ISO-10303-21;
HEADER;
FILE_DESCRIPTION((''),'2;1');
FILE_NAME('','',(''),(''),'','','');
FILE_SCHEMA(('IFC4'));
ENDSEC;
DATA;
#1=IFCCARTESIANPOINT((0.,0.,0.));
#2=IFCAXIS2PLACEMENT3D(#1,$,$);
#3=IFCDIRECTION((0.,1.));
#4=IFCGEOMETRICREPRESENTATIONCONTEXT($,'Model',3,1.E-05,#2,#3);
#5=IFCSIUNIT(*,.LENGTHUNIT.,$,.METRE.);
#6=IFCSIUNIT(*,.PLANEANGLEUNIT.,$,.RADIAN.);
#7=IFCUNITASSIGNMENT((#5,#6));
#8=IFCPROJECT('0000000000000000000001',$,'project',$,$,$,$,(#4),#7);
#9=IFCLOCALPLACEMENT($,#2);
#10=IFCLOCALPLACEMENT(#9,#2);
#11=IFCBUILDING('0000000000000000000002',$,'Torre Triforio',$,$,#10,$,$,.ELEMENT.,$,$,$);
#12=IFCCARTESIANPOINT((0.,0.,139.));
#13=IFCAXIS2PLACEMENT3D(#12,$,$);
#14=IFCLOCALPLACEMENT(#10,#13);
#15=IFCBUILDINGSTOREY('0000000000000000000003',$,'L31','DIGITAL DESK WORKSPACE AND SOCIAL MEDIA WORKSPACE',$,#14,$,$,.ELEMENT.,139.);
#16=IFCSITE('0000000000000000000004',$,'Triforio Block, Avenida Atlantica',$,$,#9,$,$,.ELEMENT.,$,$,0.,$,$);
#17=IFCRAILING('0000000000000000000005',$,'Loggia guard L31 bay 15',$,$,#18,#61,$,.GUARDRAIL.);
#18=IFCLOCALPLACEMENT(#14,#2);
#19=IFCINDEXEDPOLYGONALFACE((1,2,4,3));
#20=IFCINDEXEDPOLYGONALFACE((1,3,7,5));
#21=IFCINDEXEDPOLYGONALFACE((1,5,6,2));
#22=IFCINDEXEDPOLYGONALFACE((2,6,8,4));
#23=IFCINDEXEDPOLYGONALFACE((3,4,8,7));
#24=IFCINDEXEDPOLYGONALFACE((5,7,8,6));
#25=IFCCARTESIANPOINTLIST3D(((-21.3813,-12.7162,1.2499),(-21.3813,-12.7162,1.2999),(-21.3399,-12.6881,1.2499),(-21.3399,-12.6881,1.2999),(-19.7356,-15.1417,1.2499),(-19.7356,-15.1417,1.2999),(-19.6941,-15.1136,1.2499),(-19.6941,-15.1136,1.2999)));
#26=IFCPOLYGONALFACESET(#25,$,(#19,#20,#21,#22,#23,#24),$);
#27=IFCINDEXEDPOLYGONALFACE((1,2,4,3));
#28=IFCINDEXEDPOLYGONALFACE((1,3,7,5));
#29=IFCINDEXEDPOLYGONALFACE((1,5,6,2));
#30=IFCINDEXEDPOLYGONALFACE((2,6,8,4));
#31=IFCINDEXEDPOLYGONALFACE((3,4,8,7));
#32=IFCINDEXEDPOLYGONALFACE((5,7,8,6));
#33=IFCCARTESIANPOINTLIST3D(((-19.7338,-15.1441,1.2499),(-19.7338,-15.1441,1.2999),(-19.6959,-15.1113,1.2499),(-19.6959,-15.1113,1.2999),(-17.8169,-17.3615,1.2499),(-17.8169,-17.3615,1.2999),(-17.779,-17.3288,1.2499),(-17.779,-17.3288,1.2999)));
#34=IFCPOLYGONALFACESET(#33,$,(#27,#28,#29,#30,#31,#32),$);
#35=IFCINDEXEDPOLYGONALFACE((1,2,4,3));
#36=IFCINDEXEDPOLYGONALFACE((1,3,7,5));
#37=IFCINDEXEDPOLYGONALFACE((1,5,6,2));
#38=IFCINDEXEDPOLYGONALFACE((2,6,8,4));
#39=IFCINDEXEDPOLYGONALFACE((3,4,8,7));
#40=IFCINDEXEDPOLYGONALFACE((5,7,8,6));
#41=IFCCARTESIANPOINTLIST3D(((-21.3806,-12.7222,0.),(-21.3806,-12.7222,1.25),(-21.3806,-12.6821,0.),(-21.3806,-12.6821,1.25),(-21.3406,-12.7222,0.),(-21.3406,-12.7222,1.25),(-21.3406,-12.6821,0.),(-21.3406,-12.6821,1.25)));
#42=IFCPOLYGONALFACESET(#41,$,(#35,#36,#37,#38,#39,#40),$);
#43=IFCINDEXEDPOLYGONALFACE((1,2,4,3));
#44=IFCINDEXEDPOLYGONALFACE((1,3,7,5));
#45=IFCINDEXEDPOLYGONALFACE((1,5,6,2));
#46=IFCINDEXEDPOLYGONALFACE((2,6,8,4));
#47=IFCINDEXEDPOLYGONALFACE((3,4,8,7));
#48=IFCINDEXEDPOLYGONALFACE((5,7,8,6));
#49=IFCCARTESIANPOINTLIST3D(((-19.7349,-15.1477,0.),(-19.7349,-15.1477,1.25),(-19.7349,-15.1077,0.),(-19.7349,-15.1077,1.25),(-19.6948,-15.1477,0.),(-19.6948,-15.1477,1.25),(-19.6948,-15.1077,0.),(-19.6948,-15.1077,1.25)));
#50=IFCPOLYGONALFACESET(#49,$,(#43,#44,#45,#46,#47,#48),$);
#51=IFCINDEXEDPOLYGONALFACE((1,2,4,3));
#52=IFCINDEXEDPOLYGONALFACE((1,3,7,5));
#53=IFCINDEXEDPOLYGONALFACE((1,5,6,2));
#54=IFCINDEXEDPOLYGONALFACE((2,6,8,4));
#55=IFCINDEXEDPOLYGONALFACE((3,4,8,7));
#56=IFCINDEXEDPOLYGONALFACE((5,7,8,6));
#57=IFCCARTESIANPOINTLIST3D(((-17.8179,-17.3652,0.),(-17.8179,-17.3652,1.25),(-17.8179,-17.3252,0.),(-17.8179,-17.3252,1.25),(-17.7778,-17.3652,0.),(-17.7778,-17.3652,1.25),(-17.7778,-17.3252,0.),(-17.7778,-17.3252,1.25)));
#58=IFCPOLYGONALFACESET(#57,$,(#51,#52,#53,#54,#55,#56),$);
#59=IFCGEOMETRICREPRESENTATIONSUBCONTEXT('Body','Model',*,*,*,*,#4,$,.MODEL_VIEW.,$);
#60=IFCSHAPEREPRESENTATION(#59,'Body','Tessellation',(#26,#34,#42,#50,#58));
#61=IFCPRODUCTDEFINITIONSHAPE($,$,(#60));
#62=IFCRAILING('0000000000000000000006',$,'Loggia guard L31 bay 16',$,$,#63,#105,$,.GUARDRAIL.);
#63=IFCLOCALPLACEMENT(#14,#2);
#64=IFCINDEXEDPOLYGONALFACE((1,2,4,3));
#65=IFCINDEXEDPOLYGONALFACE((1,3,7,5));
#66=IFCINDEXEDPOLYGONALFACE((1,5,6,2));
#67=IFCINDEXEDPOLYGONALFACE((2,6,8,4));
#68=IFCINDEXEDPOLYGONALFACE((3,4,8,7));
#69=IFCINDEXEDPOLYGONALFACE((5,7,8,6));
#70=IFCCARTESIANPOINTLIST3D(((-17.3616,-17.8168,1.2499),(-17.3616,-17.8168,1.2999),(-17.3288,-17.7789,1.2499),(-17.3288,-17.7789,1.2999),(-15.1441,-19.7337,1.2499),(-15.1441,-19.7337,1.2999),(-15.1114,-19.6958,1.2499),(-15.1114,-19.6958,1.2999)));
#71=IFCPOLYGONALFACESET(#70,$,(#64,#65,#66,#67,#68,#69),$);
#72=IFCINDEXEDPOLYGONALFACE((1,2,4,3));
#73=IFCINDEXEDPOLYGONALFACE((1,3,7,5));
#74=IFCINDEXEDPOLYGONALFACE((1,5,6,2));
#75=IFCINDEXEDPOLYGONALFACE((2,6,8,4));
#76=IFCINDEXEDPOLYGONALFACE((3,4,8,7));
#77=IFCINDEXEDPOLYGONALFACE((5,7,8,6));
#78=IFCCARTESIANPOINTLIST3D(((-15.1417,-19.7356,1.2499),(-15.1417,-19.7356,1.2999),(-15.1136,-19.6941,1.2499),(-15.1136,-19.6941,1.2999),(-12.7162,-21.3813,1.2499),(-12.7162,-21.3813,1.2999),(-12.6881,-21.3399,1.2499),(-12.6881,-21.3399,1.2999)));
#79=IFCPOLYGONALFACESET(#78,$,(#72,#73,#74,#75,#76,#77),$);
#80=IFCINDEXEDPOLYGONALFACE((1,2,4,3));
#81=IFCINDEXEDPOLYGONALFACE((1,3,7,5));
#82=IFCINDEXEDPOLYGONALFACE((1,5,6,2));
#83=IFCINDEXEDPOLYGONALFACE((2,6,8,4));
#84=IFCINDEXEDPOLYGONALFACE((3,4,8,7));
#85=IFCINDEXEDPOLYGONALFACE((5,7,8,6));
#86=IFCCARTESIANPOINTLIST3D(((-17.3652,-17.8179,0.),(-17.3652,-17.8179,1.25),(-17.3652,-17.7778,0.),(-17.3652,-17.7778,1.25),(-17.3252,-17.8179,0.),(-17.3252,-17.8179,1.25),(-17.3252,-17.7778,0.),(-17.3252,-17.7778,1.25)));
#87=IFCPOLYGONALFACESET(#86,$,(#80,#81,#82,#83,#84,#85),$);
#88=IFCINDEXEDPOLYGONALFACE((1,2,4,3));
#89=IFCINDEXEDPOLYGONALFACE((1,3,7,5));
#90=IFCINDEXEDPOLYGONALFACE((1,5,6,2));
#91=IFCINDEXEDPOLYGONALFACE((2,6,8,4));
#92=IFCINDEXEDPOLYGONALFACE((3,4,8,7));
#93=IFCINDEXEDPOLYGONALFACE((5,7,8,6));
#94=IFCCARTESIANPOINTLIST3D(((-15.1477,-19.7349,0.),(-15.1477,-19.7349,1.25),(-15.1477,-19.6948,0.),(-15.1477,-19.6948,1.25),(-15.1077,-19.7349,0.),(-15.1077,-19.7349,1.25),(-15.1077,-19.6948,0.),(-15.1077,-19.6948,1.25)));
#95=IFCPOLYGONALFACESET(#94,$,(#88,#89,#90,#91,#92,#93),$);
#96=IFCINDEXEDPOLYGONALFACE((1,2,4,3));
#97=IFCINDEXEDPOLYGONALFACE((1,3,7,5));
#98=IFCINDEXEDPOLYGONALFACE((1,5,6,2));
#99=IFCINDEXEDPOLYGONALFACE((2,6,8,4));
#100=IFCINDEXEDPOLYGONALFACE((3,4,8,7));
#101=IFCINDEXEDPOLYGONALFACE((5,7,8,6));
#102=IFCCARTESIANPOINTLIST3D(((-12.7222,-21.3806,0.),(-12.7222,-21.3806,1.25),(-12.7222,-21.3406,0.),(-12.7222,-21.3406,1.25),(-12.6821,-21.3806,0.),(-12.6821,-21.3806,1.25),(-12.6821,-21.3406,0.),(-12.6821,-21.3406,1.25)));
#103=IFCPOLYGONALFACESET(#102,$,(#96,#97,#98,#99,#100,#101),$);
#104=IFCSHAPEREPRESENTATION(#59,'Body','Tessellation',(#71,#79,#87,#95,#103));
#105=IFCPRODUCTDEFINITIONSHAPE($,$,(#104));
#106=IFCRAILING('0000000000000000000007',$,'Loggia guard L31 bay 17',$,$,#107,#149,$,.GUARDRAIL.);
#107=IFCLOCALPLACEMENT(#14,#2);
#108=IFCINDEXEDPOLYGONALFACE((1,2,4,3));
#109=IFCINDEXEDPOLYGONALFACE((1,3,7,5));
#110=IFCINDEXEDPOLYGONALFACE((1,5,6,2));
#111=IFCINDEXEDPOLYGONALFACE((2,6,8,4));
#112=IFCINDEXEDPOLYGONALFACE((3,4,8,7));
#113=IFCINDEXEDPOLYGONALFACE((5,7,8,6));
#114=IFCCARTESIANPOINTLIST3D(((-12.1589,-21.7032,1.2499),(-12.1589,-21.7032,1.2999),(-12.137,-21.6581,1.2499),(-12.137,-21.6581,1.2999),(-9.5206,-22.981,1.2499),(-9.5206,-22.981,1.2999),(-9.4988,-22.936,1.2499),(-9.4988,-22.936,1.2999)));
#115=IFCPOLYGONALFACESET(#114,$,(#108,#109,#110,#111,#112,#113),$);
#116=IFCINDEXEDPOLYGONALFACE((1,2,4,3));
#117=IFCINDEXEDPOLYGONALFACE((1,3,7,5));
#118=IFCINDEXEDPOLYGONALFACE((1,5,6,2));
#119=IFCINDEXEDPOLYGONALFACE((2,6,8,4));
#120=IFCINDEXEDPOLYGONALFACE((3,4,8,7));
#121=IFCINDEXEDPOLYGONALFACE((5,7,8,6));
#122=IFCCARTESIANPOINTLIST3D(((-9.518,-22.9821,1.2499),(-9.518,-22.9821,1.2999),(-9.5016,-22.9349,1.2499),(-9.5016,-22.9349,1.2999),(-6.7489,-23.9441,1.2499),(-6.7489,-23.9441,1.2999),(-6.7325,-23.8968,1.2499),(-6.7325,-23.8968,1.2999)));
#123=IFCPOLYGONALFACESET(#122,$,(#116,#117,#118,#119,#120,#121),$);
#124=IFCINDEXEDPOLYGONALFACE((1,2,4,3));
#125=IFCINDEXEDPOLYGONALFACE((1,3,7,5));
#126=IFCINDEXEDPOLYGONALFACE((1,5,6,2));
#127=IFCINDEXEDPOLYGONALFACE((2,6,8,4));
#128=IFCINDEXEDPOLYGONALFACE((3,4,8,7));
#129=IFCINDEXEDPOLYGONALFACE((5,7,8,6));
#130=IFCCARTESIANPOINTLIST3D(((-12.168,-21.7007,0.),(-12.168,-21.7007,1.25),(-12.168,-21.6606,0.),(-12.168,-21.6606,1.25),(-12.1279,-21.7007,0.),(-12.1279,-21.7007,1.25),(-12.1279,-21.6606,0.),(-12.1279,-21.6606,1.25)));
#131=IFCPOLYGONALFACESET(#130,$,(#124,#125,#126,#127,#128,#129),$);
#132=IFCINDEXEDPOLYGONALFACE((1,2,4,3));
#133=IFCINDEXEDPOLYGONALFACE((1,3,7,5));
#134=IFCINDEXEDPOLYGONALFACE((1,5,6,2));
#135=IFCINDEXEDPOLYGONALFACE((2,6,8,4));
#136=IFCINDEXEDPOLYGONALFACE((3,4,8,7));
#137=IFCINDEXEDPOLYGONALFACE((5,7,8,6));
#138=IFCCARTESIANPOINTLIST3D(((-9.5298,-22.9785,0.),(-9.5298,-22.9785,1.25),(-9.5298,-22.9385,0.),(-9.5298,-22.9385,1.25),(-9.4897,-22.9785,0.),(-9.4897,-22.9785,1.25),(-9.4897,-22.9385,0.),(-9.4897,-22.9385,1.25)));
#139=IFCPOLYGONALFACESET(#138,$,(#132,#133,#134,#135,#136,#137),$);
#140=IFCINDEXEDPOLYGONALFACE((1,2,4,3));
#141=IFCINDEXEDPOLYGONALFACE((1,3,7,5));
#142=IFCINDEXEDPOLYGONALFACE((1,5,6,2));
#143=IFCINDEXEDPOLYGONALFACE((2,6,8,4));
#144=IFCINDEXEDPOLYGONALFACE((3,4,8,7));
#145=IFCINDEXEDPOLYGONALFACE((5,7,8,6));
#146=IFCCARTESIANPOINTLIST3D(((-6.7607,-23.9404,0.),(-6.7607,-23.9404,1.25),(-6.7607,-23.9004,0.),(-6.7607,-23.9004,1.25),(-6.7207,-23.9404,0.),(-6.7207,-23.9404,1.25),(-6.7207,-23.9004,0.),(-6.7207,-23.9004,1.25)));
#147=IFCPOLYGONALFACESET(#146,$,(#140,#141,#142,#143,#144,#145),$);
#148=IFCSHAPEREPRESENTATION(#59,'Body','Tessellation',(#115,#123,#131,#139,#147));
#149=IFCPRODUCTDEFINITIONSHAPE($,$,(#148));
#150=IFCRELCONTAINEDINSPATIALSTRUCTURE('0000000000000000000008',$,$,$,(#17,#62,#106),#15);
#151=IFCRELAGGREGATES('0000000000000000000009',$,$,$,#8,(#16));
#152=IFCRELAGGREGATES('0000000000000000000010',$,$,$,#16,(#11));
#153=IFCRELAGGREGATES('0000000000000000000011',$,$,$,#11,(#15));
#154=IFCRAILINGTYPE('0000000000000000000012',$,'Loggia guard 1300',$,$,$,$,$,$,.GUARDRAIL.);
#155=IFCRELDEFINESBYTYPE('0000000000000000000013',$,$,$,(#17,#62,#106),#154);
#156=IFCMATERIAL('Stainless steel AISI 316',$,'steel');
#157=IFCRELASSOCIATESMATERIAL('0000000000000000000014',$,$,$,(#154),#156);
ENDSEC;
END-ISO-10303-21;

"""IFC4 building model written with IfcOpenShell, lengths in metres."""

from ifc_helpers import new_model, si_unit, direction, frame, origin, origin_2d, place, context, subcontext, project, spatial, rectangle, extrude, material, type_object, element, save


model = new_model("IFC4")

# Units and contexts
model_context = context("Model", 3, precision=1e-05, world=origin(), true_north=direction((0.0, 1.0)))
body_context = subcontext(model_context, "Body", "Model", "MODEL_VIEW")
ifc_project = project(units=[si_unit("LENGTHUNIT", "METRE"), si_unit("PLANEANGLEUNIT", "RADIAN")], contexts=[model_context])

# Site, building, storey
site_placement = place(None, origin())
site = spatial("IfcSite", under=ifc_project, at=site_placement, Name="Triforio Block, Avenida Atlantica", CompositionType="ELEMENT", RefElevation=0.0)
building_placement = place(site_placement, origin())
building = spatial("IfcBuilding", under=site, at=building_placement, Name="Torre Triforio", CompositionType="ELEMENT")
storey_placement = place(building_placement, frame((0.0, 0.0, 139.0)))
storey = spatial("IfcBuildingStorey", under=building, at=storey_placement, Name="L31", Description="DIGITAL DESK WORKSPACE AND SOCIAL MEDIA WORKSPACE", CompositionType="ELEMENT", Elevation=139.0)

# Railings
ifc_material_1 = material(Name="Stainless steel AISI 316", Category="steel")
railing_type = type_object("IfcRailingType", Name="Loggia guard 1300", PredefinedType="GUARDRAIL", material=ifc_material_1)
railing_1_placement = place(storey_placement, frame((-21.3606, -12.7021, 0.0)))
element("IfcRailing", 1, at=railing_1_placement, inside=storey, type_object=railing_type, Name="Loggia guard L31 bay 15", PredefinedType="GUARDRAIL", context=body_context, shape_type="SweptSolid", body=[
    extrude(rectangle(XDim=0.05, YDim=0.05, at=origin_2d()), frame((0.0, 0.0, 1.2749), z_axis=(0.561467, -0.827499, 0.0), x_axis=(0.827499, 0.561467, 0.0)), (0.0, 0.0, 1.0), 2.9312),
    extrude(rectangle(XDim=0.05, YDim=0.05, at=origin_2d()), frame((1.6458, -2.4255, 1.2749), z_axis=(0.653982, -0.75651, 0.0), x_axis=(0.75651, 0.653982, 0.0)), (0.0, 0.0, 1.0), 2.9312),
    extrude(rectangle(XDim=0.04, YDim=0.04, at=origin_2d()), origin(), (0.0, 0.0, 1.0), 1.25),
    extrude(rectangle(XDim=0.04, YDim=0.04, at=origin_2d()), frame((1.6458, -2.4255, 0.0)), (0.0, 0.0, 1.0), 1.25),
    extrude(rectangle(XDim=0.04, YDim=0.04, at=origin_2d()), frame((3.5627, -4.6431, 0.0)), (0.0, 0.0, 1.0), 1.25),
])
railing_2_placement = place(storey_placement, frame((-17.3452, -17.7979, 0.0)))
element("IfcRailing", 2, at=railing_2_placement, inside=storey, type_object=railing_type, Name="Loggia guard L31 bay 16", PredefinedType="GUARDRAIL", context=body_context, shape_type="SweptSolid", body=[
    extrude(rectangle(XDim=0.05, YDim=0.05, at=origin_2d()), frame((0.0, 0.0, 1.2749), z_axis=(0.75651, -0.653982, 0.0), x_axis=(0.653982, 0.75651, 0.0)), (0.0, 0.0, 1.0), 2.9312),
    extrude(rectangle(XDim=0.05, YDim=0.05, at=origin_2d()), frame((2.2175, -1.917, 1.2749), z_axis=(0.827499, -0.561467, 0.0), x_axis=(0.561467, 0.827499, 0.0)), (0.0, 0.0, 1.0), 2.9312),
    extrude(rectangle(XDim=0.04, YDim=0.04, at=origin_2d()), origin(), (0.0, 0.0, 1.0), 1.25),
    extrude(rectangle(XDim=0.04, YDim=0.04, at=origin_2d()), frame((2.2175, -1.917, 0.0)), (0.0, 0.0, 1.0), 1.25),
    extrude(rectangle(XDim=0.04, YDim=0.04, at=origin_2d()), frame((4.6431, -3.5627, 0.0)), (0.0, 0.0, 1.0), 1.25),
])
railing_3_placement = place(storey_placement, frame((-12.1479, -21.6807, 0.0)))
element("IfcRailing", 3, at=railing_3_placement, inside=storey, type_object=railing_type, Name="Loggia guard L31 bay 17", PredefinedType="GUARDRAIL", context=body_context, shape_type="SweptSolid", body=[
    extrude(rectangle(XDim=0.05, YDim=0.05, at=origin_2d()), frame((0.0, 0.0, 1.2749), z_axis=(0.899986, -0.435918, 0.0), x_axis=(0.435918, 0.899986, 0.0)), (0.0, 0.0, 1.0), 2.9314),
    extrude(rectangle(XDim=0.05, YDim=0.05, at=origin_2d()), frame((2.6382, -1.2778, 1.2749), z_axis=(0.944627, -0.328146, 0.0), x_axis=(0.328146, 0.944627, 0.0)), (0.0, 0.0, 1.0), 2.9314),
    extrude(rectangle(XDim=0.04, YDim=0.04, at=origin_2d()), origin(), (0.0, 0.0, 1.0), 1.25),
    extrude(rectangle(XDim=0.04, YDim=0.04, at=origin_2d()), frame((2.6382, -1.2778, 0.0)), (0.0, 0.0, 1.0), 1.25),
    extrude(rectangle(XDim=0.04, YDim=0.04, at=origin_2d()), frame((5.4072, -2.2397, 0.0)), (0.0, 0.0, 1.0), 1.25),
])

save(model, "model.ifc")
